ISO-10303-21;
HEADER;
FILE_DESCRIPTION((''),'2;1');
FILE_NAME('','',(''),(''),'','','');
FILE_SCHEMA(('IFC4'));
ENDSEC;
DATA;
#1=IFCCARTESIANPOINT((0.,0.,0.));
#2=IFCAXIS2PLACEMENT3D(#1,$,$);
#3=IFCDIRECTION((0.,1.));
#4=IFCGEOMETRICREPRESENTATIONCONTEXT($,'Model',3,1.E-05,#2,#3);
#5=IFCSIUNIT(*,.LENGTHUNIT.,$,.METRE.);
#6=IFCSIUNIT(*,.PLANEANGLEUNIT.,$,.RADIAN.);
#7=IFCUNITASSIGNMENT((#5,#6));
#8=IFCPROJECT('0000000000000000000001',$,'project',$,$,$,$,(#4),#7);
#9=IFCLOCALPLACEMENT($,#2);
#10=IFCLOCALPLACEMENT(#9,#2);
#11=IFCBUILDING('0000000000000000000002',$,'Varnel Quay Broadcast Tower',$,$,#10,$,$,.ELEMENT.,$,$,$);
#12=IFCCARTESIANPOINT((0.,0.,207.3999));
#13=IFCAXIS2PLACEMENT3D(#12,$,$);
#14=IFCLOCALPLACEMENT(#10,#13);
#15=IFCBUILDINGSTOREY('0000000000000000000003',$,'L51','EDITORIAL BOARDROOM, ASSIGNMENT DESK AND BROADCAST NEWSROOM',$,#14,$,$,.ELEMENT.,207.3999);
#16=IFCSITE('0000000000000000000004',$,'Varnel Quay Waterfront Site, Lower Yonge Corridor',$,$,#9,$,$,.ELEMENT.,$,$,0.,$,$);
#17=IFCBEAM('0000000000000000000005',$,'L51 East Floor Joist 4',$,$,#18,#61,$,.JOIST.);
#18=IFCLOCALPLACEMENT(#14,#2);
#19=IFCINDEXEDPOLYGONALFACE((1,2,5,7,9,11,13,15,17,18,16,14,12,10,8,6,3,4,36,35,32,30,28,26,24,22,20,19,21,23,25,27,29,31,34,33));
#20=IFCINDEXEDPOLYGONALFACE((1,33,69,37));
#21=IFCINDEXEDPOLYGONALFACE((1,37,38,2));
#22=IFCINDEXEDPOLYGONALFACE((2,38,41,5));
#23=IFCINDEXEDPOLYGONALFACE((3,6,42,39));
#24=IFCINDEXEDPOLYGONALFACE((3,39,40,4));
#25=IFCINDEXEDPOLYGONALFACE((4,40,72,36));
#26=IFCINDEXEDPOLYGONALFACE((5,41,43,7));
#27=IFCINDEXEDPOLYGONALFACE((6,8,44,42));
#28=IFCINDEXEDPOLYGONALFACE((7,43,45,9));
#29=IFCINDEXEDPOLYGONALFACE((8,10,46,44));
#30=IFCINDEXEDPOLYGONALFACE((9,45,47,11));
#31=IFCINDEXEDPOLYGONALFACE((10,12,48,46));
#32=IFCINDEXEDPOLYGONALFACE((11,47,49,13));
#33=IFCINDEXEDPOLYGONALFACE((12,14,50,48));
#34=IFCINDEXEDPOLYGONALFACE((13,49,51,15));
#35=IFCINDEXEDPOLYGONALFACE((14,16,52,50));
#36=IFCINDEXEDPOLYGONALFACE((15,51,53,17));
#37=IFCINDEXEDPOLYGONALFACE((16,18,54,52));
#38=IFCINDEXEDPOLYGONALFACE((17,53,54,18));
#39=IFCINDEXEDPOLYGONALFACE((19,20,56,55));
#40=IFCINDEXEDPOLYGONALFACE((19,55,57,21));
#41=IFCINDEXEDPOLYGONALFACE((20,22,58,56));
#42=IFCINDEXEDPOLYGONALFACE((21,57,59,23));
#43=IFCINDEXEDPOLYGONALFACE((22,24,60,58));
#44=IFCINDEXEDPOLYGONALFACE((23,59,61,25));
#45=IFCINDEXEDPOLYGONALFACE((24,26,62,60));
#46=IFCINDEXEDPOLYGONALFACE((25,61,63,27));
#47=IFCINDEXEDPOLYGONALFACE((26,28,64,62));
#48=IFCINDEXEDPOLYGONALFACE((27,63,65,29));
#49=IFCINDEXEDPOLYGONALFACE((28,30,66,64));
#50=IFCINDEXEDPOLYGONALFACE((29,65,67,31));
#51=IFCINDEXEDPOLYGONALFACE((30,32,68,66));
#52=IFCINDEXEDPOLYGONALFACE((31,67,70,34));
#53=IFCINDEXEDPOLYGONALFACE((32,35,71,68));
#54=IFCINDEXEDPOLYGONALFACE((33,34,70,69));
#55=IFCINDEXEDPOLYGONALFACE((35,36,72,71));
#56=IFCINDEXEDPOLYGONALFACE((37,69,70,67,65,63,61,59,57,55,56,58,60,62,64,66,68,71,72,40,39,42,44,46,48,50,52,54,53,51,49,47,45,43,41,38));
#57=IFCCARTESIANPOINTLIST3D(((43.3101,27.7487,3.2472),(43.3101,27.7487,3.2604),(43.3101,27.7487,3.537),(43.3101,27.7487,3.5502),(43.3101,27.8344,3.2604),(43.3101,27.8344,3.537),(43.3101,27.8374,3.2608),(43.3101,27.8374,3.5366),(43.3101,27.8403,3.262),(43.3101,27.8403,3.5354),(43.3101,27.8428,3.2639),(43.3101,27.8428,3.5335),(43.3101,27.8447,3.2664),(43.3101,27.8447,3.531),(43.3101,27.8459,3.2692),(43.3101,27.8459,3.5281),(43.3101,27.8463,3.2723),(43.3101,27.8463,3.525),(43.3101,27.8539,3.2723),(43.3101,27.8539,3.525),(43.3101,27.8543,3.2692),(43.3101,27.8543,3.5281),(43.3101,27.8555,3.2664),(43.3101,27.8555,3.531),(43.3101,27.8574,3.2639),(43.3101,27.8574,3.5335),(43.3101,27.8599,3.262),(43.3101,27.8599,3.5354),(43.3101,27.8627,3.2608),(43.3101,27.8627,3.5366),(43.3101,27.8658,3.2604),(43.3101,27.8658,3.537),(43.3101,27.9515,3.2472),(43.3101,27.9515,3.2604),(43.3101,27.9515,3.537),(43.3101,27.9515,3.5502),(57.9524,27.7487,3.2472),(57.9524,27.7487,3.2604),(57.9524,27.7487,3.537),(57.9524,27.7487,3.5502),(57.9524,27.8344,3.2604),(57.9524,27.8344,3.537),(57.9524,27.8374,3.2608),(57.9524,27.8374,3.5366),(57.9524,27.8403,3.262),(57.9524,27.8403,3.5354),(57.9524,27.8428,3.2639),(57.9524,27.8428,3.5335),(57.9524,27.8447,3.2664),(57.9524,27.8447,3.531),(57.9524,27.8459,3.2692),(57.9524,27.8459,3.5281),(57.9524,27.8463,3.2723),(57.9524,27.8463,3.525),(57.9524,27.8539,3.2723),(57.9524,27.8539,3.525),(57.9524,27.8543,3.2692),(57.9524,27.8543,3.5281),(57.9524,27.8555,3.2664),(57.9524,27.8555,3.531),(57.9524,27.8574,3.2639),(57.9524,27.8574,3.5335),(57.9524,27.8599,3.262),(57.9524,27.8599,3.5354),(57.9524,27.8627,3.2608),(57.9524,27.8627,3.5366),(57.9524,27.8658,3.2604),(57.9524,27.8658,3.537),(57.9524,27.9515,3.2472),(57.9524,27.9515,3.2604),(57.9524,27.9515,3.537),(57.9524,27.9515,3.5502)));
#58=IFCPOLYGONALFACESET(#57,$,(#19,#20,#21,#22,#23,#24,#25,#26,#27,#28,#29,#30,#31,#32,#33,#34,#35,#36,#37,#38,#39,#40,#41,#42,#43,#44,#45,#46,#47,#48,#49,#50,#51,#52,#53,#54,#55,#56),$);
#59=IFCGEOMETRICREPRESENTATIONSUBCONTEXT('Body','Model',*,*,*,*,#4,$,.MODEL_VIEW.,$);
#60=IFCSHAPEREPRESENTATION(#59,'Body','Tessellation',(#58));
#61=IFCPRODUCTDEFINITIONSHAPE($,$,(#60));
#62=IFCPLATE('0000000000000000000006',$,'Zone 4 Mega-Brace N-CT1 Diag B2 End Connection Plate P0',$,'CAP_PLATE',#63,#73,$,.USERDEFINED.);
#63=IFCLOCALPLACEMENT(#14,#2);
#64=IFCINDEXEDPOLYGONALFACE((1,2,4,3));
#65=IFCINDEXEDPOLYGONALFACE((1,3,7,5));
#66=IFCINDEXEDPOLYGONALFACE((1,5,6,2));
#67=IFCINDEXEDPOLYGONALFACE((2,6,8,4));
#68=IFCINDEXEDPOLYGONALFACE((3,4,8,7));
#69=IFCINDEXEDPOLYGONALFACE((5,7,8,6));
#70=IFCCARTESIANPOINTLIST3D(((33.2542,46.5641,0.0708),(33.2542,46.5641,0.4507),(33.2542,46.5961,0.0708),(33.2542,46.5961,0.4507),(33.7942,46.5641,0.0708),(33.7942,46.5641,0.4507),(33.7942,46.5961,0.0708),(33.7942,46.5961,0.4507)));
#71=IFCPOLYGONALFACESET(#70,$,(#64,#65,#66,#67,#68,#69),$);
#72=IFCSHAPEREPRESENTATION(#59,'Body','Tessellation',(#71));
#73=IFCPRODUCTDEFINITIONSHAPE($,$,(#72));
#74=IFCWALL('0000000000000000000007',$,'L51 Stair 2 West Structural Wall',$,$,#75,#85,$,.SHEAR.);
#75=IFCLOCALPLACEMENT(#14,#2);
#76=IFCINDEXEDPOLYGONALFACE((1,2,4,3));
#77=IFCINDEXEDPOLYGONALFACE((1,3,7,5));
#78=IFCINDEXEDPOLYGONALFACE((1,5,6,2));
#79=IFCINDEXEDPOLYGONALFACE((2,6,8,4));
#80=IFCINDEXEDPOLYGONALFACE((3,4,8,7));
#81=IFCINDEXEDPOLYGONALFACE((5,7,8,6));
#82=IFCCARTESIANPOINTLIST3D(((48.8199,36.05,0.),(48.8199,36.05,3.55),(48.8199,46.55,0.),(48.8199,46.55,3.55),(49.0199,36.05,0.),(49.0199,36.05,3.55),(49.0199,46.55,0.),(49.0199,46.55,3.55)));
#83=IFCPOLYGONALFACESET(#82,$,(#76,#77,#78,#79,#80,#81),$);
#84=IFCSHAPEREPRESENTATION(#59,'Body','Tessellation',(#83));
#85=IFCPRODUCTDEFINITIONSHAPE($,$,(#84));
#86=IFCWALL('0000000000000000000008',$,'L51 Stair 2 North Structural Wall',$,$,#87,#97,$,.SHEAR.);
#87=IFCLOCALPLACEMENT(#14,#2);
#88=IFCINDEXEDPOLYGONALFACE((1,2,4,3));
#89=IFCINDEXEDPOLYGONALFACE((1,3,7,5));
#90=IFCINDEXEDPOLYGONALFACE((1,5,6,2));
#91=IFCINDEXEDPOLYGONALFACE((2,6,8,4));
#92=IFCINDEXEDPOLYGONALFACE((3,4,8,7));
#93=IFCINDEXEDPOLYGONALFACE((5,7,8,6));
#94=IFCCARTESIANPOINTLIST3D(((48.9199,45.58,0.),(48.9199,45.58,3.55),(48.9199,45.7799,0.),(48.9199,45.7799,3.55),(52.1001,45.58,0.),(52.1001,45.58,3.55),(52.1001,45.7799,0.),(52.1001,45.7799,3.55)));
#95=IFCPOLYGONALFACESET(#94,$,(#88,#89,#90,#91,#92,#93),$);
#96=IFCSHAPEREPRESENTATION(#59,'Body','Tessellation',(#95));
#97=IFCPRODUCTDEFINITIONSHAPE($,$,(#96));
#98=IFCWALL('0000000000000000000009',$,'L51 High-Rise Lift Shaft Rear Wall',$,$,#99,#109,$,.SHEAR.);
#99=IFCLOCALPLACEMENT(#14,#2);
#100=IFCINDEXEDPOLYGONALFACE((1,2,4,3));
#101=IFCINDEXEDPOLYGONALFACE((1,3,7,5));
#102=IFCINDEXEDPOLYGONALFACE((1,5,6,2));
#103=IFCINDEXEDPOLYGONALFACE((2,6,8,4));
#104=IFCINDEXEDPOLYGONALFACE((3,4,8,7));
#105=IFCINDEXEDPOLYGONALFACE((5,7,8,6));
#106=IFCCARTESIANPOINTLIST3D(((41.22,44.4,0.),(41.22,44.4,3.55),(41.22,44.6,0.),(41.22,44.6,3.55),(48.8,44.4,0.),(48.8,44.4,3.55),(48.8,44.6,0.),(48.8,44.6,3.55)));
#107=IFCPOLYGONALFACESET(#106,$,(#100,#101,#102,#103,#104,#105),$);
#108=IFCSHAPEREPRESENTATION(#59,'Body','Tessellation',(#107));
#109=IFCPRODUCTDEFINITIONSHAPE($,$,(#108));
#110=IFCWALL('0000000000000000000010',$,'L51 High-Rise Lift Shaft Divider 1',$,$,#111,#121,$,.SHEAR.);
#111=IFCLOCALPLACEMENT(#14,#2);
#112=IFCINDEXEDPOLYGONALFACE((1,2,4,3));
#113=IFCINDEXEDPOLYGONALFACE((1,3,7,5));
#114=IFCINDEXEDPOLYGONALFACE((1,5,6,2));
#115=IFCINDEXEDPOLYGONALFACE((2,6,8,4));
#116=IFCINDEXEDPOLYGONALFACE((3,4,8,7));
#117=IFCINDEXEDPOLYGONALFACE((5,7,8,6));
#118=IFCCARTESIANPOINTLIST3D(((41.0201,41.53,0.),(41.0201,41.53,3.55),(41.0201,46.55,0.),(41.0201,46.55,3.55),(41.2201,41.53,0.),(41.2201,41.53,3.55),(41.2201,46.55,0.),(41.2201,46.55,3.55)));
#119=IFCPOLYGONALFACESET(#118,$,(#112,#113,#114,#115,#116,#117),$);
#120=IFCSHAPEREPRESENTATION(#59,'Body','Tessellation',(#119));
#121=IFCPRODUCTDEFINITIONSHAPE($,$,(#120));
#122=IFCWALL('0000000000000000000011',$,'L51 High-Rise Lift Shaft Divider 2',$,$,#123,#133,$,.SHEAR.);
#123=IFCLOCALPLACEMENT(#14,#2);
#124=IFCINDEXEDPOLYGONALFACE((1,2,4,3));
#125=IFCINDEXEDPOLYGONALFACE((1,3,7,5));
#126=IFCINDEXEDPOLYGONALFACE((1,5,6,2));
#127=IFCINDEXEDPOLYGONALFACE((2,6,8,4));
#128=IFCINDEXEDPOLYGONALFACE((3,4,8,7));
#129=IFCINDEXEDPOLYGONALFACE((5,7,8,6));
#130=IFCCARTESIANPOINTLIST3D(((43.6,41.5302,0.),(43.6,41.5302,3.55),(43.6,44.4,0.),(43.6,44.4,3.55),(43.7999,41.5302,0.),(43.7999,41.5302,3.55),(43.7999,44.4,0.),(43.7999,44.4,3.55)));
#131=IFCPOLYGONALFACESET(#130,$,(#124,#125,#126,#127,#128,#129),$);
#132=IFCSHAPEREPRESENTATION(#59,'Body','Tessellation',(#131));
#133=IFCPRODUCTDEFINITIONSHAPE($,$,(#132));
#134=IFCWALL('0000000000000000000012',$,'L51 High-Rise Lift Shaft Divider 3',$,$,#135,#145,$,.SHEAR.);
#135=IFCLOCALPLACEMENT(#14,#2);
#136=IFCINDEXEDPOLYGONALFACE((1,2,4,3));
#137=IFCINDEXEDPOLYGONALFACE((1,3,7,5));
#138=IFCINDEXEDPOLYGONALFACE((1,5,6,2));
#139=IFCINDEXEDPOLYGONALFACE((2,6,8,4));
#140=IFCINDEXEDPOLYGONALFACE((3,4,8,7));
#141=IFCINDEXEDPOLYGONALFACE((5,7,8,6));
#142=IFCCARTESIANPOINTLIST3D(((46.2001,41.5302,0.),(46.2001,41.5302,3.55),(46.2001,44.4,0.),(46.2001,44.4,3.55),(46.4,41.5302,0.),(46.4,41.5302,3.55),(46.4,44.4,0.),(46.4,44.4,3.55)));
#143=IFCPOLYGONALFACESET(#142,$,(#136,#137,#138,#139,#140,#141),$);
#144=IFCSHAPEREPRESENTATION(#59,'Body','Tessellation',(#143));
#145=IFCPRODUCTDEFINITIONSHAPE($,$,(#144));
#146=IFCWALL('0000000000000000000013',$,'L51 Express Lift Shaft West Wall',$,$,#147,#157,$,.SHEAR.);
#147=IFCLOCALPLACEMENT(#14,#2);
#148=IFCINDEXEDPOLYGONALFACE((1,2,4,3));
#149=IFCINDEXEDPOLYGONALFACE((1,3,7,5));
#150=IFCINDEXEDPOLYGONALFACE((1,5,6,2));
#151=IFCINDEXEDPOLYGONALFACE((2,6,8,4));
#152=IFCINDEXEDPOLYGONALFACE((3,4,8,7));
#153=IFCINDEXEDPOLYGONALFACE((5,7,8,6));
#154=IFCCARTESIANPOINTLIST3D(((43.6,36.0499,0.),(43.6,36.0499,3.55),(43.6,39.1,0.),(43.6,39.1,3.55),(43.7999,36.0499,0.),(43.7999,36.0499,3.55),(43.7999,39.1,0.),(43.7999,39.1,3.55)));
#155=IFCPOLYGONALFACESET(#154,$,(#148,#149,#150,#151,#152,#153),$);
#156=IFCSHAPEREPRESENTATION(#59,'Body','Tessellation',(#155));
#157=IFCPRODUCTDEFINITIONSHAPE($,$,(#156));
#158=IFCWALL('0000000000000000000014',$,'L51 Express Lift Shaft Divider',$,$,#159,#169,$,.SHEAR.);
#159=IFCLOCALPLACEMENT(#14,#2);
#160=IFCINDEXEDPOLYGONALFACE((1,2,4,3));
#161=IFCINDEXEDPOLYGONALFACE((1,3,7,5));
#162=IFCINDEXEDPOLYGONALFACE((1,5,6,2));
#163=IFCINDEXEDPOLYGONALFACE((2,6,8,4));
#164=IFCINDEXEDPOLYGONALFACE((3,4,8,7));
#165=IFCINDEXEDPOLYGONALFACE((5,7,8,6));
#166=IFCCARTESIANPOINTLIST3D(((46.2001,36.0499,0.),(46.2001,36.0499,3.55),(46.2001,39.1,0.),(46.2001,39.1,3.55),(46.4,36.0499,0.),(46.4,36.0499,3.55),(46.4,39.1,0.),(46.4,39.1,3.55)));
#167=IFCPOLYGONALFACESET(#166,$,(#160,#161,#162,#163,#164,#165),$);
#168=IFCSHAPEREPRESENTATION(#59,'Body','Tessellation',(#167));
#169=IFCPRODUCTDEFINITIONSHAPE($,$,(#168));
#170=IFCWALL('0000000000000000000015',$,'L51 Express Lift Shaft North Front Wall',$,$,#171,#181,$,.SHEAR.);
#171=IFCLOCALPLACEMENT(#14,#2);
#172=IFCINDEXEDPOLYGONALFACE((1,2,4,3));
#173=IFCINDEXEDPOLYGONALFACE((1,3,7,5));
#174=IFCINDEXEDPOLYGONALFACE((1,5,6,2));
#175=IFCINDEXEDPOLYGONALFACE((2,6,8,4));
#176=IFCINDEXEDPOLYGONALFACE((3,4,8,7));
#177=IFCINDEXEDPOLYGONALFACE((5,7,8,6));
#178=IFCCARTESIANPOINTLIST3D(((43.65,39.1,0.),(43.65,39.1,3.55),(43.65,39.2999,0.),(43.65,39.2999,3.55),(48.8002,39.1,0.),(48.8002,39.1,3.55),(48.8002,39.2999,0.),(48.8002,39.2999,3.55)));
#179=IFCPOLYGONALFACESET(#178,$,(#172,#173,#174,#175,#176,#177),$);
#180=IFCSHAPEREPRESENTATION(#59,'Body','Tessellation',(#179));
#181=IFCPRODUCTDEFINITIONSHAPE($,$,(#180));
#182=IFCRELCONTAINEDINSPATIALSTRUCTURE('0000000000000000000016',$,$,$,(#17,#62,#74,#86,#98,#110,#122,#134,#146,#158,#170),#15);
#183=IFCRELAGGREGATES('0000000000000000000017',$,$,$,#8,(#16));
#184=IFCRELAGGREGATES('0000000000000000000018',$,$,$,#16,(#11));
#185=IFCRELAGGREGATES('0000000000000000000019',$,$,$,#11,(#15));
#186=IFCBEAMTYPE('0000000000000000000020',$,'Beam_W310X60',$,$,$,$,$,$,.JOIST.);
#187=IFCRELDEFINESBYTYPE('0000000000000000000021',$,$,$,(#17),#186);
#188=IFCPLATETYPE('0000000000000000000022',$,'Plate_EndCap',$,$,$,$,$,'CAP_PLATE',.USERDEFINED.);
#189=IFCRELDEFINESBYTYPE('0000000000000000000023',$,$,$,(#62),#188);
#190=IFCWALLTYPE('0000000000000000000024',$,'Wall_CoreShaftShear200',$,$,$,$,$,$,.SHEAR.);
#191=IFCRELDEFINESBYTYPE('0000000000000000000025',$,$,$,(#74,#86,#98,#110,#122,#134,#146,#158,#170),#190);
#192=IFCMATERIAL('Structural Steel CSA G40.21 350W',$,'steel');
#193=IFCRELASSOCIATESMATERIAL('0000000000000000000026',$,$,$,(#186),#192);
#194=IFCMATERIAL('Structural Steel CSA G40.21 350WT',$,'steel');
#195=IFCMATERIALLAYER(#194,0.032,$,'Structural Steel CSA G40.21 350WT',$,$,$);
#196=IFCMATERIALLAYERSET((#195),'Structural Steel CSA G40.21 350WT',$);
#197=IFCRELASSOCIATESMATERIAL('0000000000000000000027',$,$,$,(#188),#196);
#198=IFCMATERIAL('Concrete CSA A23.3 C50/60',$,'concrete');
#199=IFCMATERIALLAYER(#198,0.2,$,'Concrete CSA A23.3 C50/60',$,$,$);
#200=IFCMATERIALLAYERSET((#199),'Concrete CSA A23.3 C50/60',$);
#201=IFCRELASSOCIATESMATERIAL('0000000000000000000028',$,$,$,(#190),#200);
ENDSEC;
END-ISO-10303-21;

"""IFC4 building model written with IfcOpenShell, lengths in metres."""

from ifc_helpers import new_model, si_unit, direction, frame, frame_2d, origin, origin_2d, place, context, subcontext, project, spatial, rectangle, i_section, extrude, source, transform, mapped, material, layer, layer_set, material_profile, profile_set, type_object, type_shapes, element, save


model = new_model("IFC4")

# Units and contexts
model_context = context("Model", 3, precision=1e-05, world=origin(), true_north=direction((0.0, 1.0)))
body_context = subcontext(model_context, "Body", "Model", "MODEL_VIEW")
ifc_project = project(units=[si_unit("LENGTHUNIT", "METRE"), si_unit("PLANEANGLEUNIT", "RADIAN")], contexts=[model_context])

# Site, building, storey
site_placement = place(None, origin())
site = spatial("IfcSite", under=ifc_project, at=site_placement, Name="Varnel Quay Waterfront Site, Lower Yonge Corridor", CompositionType="ELEMENT", RefElevation=0.0)
building_placement = place(site_placement, origin())
building = spatial("IfcBuilding", under=site, at=building_placement, Name="Varnel Quay Broadcast Tower", CompositionType="ELEMENT")
storey_placement = place(building_placement, frame((0.0, 0.0, 207.3999)))
storey = spatial("IfcBuildingStorey", under=building, at=storey_placement, Name="L51", Description="EDITORIAL BOARDROOM, ASSIGNMENT DESK AND BROADCAST NEWSROOM", CompositionType="ELEMENT", Elevation=207.3999)

# Shared definitions
ifc_material_1 = material(Name="Structural Steel CSA G40.21 350WT", Category="steel")

# Beam
ifc_material_2 = material(Name="Concrete CSA A23.3 C50/60", Category="concrete")
ifc_material_3 = material(Name="Structural Steel CSA G40.21 350W", Category="steel")
ifc_material_profile_1 = material_profile(ifc_material_3, i_section(OverallWidth=0.2029, OverallDepth=0.303, WebThickness=0.0076, FlangeThickness=0.0132, FilletRadius=0.012, at=origin_2d()), Name="W310X60")
ifc_profile_set_1 = profile_set([ifc_material_profile_1], Name="Structural Steel CSA G40.21 350W")
beam_type_1 = type_object("IfcBeamType", Name="Beam_W310X60", PredefinedType="JOIST", material=ifc_profile_set_1)
shared_shape_1 = source(origin(), body_context, "Body", "SweptSolid", [
    extrude(i_section(OverallWidth=0.2029, OverallDepth=0.303, WebThickness=0.0076, FlangeThickness=0.0132, FilletRadius=0.012, at=origin_2d()), origin(), (0.0, 0.0, 1.0), 14.6423),
])
type_shapes(beam_type_1, [shared_shape_1])
beam_1_placement = place(storey_placement, frame((43.3101, 27.8501, 3.3987), z_axis=(1.0, 0.0, 0.0), x_axis=(0.0, 1.0, 0.0)))
element("IfcBeam", 1, at=beam_1_placement, inside=storey, type_object=beam_type_1, Name="L51 East Floor Joist 4", PredefinedType="JOIST", context=body_context, shape_type="MappedRepresentation", body=[
    mapped(shared_shape_1, transform((0.0, 0.0, 0.0), x_axis=(1.0, 0.0, 0.0), y_axis=(0.0, 1.0, 0.0), z_axis=(0.0, 0.0, 1.0), scale=1.0)),
])

# Plate
ifc_layer_1 = layer(ifc_material_1, 0.032, Name="Structural Steel CSA G40.21 350WT")
ifc_layer_set_1 = layer_set([ifc_layer_1], Name="Structural Steel CSA G40.21 350WT")
plate_type = type_object("IfcPlateType", Name="Plate_EndCap", ElementType="CAP_PLATE", PredefinedType="USERDEFINED", material=ifc_layer_set_1)
shared_shape_2 = source(origin(), body_context, "Body", "SweptSolid", [
    extrude(rectangle(XDim=0.54, YDim=0.032, at=origin_2d()), origin(), (0.0, 0.0, 1.0), 0.3799),
])
type_shapes(plate_type, [shared_shape_2])
plate_placement = place(storey_placement, frame((33.5242, 46.5801, 0.0708), z_axis=(0.0, 0.0, 1.0), x_axis=(1.0, 0.0, 0.0)))
element("IfcPlate", 2, at=plate_placement, inside=storey, type_object=plate_type, Name="Zone 4 Mega-Brace N-CT1 Diag B2 End Connection Plate P0", ObjectType="CAP_PLATE", PredefinedType="USERDEFINED", context=body_context, shape_type="MappedRepresentation", body=[
    mapped(shared_shape_2, transform((0.0, 0.0, 0.0), x_axis=(1.0, 0.0, 0.0), y_axis=(0.0, 1.0, 0.0), z_axis=(0.0, 0.0, 1.0), scale=1.0)),
])

# Walls
ifc_layer_2 = layer(ifc_material_2, 0.2, Name="Concrete CSA A23.3 C50/60")
ifc_layer_set_2 = layer_set([ifc_layer_2], Name="Concrete CSA A23.3 C50/60")
wall_type_1 = type_object("IfcWallType", Name="Wall_CoreShaftShear200", PredefinedType="SHEAR", material=ifc_layer_set_2)
wall_1_placement = place(storey_placement, frame((48.9199, 36.05, 0.0), z_axis=(0.0, 0.0, 1.0), x_axis=(0.0, 1.0, 0.0)))
element("IfcWall", 3, at=wall_1_placement, inside=storey, type_object=wall_type_1, Name="L51 Stair 2 West Structural Wall", PredefinedType="SHEAR", context=body_context, shape_type="SweptSolid", body=[
    extrude(rectangle(XDim=10.5, YDim=0.2, at=frame_2d((5.25, 0.0))), origin(), (0.0, 0.0, 1.0), 3.55),
])
wall_2_placement = place(storey_placement, frame((48.9199, 45.6799, 0.0), z_axis=(0.0, 0.0, 1.0), x_axis=(1.0, 0.0, 0.0)))
element("IfcWall", 4, at=wall_2_placement, inside=storey, type_object=wall_type_1, Name="L51 Stair 2 North Structural Wall", PredefinedType="SHEAR", context=body_context, shape_type="SweptSolid", body=[
    extrude(rectangle(XDim=3.1802, YDim=0.2, at=frame_2d((1.5901, 0.0))), origin(), (0.0, 0.0, 1.0), 3.55),
])
wall_3_placement = place(storey_placement, frame((41.22, 44.5, 0.0), z_axis=(0.0, 0.0, 1.0), x_axis=(1.0, 0.0, 0.0)))
element("IfcWall", 5, at=wall_3_placement, inside=storey, type_object=wall_type_1, Name="L51 High-Rise Lift Shaft Rear Wall", PredefinedType="SHEAR", context=body_context, shape_type="SweptSolid", body=[
    extrude(rectangle(XDim=7.5801, YDim=0.2, at=frame_2d((3.79, 0.0))), origin(), (0.0, 0.0, 1.0), 3.55),
])
wall_4_placement = place(storey_placement, frame((41.1201, 41.53, 0.0), z_axis=(0.0, 0.0, 1.0), x_axis=(0.0, 1.0, 0.0)))
element("IfcWall", 6, at=wall_4_placement, inside=storey, type_object=wall_type_1, Name="L51 High-Rise Lift Shaft Divider 1", PredefinedType="SHEAR", context=body_context, shape_type="SweptSolid", body=[
    extrude(rectangle(XDim=5.02, YDim=0.2, at=frame_2d((2.51, 0.0))), origin(), (0.0, 0.0, 1.0), 3.55),
])
for number, where, z_axis, x_axis, name in (
    (7, (43.7, 41.53, 0.0), (0.0, 0.0, 1.0), (0.0, 1.0, 0.0), "L51 High-Rise Lift Shaft Divider 2"),
    (8, (46.3, 41.53, 0.0), (0.0, 0.0, 1.0), (0.0, 1.0, 0.0), "L51 High-Rise Lift Shaft Divider 3"),
):
    element("IfcWall", number, at=place(storey_placement, frame(where, z_axis=z_axis, x_axis=x_axis)), inside=storey, type_object=wall_type_1, Name=name, PredefinedType="SHEAR", context=body_context, shape_type="SweptSolid", body=[
        extrude(rectangle(XDim=2.8699, YDim=0.2, at=frame_2d((1.4351, 0.0))), origin(), (0.0, 0.0, 1.0), 3.55),
    ])
for number, where, z_axis, x_axis, name in (
    (9, (43.7, 36.05, 0.0), (0.0, 0.0, 1.0), (0.0, 1.0, 0.0), "L51 Express Lift Shaft West Wall"),
    (10, (46.3, 36.05, 0.0), (0.0, 0.0, 1.0), (0.0, 1.0, 0.0), "L51 Express Lift Shaft Divider"),
):
    element("IfcWall", number, at=place(storey_placement, frame(where, z_axis=z_axis, x_axis=x_axis)), inside=storey, type_object=wall_type_1, Name=name, PredefinedType="SHEAR", context=body_context, shape_type="SweptSolid", body=[
        extrude(rectangle(XDim=3.05, YDim=0.2, at=frame_2d((1.5249, 0.0))), origin(), (0.0, 0.0, 1.0), 3.55),
    ])
wall_5_placement = place(storey_placement, frame((43.6499, 39.2, 0.0), z_axis=(0.0, 0.0, 1.0), x_axis=(1.0, 0.0, 0.0)))
element("IfcWall", 11, at=wall_5_placement, inside=storey, type_object=wall_type_1, Name="L51 Express Lift Shaft North Front Wall", PredefinedType="SHEAR", context=body_context, shape_type="SweptSolid", body=[
    extrude(rectangle(XDim=5.1501, YDim=0.2, at=frame_2d((2.5752, 0.0))), origin(), (0.0, 0.0, 1.0), 3.55),
])

save(model, "model.ifc")
